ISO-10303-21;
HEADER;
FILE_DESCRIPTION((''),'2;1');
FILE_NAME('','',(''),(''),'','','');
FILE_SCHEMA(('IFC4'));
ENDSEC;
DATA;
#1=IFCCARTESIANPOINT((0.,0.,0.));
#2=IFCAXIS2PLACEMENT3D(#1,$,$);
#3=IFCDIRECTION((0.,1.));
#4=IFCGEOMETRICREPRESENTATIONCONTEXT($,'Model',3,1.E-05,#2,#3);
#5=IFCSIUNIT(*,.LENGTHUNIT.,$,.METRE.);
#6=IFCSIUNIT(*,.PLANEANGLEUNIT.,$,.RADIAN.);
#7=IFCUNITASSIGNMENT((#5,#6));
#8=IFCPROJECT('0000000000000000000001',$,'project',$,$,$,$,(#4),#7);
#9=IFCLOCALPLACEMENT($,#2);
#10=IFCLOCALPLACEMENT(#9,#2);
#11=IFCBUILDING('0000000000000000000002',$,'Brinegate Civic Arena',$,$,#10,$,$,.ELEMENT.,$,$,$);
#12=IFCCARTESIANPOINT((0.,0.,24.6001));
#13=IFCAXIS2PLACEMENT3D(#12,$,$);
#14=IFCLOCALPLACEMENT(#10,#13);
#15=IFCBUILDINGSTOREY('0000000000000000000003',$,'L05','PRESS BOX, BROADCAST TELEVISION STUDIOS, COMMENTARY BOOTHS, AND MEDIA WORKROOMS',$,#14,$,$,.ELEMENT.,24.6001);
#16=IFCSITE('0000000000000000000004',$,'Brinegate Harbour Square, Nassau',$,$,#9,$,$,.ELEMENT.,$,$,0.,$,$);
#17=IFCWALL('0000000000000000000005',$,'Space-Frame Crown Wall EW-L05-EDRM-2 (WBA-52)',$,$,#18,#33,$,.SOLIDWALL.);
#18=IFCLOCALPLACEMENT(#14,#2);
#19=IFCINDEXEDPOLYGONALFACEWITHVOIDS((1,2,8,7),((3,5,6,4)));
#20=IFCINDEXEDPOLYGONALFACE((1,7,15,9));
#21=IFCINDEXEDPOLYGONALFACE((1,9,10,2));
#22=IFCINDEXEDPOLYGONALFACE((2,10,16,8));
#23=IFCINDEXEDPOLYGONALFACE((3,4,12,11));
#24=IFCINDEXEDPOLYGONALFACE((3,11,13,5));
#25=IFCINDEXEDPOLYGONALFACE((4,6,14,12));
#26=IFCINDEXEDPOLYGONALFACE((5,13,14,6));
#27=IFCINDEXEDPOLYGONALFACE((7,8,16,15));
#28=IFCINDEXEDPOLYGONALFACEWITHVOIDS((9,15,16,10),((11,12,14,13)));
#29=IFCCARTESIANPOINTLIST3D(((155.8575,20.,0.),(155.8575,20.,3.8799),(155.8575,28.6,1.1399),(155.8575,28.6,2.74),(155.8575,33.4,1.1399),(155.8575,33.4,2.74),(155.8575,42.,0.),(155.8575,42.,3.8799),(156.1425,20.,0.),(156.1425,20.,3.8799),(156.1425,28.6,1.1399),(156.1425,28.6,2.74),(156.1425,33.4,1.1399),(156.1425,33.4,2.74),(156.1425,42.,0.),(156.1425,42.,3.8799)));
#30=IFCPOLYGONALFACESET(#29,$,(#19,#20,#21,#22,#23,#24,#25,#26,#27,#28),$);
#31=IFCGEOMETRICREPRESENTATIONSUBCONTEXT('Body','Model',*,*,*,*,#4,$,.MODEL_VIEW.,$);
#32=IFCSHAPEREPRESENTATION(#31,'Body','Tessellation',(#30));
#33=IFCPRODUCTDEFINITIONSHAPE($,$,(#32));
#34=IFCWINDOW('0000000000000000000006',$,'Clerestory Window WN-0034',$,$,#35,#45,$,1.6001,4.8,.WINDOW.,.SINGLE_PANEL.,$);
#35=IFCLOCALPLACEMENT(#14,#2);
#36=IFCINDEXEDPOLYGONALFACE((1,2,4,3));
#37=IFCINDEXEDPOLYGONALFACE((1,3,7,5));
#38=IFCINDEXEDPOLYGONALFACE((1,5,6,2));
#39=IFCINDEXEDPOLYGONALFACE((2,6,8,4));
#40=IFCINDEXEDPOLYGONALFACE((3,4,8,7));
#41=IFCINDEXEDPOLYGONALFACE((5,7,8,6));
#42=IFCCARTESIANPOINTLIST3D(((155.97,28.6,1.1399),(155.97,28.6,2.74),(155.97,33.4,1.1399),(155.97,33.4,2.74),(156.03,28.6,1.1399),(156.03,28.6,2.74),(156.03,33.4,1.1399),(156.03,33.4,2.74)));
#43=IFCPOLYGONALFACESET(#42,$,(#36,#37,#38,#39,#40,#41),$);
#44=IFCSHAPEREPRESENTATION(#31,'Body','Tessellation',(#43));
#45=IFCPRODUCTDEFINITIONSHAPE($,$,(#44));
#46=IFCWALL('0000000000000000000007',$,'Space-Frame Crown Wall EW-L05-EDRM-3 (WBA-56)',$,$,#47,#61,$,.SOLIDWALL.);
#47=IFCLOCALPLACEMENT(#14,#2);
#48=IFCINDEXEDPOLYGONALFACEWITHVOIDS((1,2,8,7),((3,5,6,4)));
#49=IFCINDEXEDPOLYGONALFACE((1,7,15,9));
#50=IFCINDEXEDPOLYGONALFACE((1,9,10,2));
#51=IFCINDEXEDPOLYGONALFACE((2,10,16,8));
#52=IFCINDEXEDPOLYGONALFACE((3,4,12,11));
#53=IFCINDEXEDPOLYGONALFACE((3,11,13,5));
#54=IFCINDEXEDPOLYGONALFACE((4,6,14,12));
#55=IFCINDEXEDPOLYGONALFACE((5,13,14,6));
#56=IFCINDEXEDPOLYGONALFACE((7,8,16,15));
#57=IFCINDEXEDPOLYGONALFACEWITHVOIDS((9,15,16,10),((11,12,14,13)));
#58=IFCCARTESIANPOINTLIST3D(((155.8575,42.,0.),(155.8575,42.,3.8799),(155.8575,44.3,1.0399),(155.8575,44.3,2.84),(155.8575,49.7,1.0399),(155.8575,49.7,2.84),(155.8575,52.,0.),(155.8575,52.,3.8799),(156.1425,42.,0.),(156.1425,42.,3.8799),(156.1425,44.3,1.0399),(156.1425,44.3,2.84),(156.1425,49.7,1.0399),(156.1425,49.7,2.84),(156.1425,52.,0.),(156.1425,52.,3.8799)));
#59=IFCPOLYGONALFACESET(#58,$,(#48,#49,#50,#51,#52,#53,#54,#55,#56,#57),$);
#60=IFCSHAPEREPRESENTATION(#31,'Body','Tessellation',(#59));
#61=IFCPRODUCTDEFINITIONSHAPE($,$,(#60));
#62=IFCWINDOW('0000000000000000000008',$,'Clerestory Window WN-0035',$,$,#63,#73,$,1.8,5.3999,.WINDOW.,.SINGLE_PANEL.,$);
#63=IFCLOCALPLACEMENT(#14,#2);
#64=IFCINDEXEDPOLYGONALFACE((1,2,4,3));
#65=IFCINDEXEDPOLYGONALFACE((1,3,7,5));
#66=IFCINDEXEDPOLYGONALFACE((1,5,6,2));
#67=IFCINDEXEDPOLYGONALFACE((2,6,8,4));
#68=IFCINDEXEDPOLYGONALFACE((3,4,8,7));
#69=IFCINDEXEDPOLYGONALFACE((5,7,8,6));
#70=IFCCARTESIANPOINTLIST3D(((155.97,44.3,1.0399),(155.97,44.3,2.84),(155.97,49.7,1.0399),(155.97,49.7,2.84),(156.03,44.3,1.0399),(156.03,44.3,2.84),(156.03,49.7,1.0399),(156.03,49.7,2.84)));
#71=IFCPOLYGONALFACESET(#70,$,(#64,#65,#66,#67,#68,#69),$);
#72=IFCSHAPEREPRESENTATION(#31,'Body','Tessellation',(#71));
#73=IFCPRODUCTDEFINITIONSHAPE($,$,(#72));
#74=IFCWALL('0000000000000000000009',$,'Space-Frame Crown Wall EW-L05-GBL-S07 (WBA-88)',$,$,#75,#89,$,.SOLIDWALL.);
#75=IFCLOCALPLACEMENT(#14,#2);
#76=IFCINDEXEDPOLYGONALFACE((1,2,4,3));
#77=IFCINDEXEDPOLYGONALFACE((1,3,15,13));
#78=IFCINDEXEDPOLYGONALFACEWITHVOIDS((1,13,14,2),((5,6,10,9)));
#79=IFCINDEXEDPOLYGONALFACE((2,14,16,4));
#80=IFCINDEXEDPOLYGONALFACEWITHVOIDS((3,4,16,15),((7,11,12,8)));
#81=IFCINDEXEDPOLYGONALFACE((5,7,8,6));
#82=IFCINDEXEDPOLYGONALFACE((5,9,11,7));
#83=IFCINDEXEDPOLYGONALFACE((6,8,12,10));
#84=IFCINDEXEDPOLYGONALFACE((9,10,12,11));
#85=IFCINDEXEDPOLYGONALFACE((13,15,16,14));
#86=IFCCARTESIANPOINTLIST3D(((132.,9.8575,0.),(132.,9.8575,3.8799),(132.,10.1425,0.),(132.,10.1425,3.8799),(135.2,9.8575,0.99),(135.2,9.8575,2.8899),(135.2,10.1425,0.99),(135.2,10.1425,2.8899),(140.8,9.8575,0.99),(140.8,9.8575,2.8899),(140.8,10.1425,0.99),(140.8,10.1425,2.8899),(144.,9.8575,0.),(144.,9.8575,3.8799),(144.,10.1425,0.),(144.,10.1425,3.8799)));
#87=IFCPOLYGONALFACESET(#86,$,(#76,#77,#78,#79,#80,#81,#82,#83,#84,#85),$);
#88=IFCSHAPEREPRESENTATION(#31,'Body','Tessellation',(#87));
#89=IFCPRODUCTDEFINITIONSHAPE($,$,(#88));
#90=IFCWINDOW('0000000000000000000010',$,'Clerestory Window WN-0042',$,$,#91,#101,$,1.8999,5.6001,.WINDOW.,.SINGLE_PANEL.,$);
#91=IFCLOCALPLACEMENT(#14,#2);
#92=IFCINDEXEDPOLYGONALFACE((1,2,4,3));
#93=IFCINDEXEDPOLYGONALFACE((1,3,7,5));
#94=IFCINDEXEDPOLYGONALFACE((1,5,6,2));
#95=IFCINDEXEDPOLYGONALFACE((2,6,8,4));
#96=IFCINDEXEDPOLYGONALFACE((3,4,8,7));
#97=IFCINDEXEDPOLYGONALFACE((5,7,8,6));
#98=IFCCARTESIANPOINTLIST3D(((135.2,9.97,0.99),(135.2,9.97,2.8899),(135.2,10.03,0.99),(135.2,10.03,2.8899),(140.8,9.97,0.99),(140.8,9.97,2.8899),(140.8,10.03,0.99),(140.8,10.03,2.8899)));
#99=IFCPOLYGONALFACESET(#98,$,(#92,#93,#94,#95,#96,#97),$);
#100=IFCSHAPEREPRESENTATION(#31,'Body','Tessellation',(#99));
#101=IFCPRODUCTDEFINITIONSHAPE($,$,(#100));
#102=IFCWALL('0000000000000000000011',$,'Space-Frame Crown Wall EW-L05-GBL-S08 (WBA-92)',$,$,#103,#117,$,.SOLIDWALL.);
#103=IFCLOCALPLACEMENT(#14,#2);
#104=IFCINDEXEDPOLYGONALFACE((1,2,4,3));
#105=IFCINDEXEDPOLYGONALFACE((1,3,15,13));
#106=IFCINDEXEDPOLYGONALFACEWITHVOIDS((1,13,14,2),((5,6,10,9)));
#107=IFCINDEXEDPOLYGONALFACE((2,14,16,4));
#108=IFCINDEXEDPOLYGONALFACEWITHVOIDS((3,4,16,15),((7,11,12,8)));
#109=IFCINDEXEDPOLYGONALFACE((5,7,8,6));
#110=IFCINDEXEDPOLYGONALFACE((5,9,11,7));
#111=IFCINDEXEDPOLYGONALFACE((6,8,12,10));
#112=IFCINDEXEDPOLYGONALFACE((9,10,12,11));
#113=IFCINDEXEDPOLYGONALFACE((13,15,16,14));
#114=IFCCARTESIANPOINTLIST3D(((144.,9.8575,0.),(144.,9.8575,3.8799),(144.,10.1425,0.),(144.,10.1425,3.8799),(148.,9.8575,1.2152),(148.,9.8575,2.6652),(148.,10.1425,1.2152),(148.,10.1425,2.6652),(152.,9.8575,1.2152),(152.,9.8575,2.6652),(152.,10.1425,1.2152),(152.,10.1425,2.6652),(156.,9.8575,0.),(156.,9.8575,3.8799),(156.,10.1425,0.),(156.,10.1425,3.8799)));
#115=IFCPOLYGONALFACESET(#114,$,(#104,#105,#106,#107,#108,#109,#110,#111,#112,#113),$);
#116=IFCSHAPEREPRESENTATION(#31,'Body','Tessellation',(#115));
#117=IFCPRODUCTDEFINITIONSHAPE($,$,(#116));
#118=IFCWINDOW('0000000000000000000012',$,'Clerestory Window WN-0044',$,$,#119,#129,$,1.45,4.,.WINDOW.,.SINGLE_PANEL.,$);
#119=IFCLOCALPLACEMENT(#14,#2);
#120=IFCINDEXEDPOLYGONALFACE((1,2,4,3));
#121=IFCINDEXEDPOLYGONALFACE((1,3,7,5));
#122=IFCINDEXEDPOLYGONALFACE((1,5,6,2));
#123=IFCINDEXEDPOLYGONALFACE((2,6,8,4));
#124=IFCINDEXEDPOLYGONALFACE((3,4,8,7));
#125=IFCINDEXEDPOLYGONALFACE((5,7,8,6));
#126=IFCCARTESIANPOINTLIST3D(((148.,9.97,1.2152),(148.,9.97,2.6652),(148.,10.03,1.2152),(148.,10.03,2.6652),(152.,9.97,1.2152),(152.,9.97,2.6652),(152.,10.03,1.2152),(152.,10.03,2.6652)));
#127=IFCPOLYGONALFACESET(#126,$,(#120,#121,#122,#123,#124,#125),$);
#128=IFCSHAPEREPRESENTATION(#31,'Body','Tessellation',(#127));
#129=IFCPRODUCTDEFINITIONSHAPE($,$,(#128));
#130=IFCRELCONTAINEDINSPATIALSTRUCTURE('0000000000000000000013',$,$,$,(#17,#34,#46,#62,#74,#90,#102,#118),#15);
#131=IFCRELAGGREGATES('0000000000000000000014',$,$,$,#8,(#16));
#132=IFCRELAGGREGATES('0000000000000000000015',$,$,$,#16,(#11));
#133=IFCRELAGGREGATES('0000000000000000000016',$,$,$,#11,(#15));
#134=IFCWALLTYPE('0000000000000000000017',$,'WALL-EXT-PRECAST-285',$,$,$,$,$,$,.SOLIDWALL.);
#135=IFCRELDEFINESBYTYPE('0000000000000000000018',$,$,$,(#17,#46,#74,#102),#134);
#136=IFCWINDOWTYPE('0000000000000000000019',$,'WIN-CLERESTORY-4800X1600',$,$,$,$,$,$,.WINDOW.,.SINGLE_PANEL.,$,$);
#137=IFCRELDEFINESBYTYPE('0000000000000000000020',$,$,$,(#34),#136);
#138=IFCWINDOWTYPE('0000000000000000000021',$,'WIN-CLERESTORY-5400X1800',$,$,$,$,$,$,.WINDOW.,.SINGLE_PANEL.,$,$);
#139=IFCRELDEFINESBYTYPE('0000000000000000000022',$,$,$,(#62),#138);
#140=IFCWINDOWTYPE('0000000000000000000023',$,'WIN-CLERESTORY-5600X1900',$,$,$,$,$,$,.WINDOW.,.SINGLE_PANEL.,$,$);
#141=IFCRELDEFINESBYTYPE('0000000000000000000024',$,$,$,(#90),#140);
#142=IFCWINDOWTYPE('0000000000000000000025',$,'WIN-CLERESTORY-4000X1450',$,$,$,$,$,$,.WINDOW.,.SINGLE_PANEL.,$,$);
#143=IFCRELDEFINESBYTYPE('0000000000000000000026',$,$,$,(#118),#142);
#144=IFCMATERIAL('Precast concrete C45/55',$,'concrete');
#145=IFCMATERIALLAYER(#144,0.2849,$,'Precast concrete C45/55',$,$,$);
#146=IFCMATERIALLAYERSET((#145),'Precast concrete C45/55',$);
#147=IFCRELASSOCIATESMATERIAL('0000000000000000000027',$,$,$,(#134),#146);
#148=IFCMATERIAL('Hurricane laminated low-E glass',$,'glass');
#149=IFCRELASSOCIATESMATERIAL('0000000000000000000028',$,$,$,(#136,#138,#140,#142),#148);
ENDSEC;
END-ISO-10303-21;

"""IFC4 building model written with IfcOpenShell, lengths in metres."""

from ifc_helpers import new_model, si_unit, direction, frame, frame_2d, origin, place, context, subcontext, project, spatial, rectangle, extrude, material, layer, layer_set, type_object, element, fill, save


model = new_model("IFC4")

# Units and contexts
model_context = context("Model", 3, precision=1e-05, world=origin(), true_north=direction((0.0, 1.0)))
body_context = subcontext(model_context, "Body", "Model", "MODEL_VIEW")
ifc_project = project(units=[si_unit("LENGTHUNIT", "METRE"), si_unit("PLANEANGLEUNIT", "RADIAN")], contexts=[model_context])

# Site, building, storey
site_placement = place(None, origin())
site = spatial("IfcSite", under=ifc_project, at=site_placement, Name="Brinegate Harbour Square, Nassau", CompositionType="ELEMENT", RefElevation=0.0)
building_placement = place(site_placement, origin())
building = spatial("IfcBuilding", under=site, at=building_placement, Name="Brinegate Civic Arena", CompositionType="ELEMENT")
storey_placement = place(building_placement, frame((0.0, 0.0, 24.6001)))
storey = spatial("IfcBuildingStorey", under=building, at=storey_placement, Name="L05", Description="PRESS BOX, BROADCAST TELEVISION STUDIOS, COMMENTARY BOOTHS, AND MEDIA WORKROOMS", CompositionType="ELEMENT", Elevation=24.6001)

# Walls, openings, windows
ifc_material_1 = material(Name="Precast concrete C45/55", Category="concrete")
ifc_layer = layer(ifc_material_1, 0.2849, Name="Precast concrete C45/55")
ifc_layer_set = layer_set([ifc_layer], Name="Precast concrete C45/55")
wall_type = type_object("IfcWallType", Name="WALL-EXT-PRECAST-285", PredefinedType="SOLIDWALL", material=ifc_layer_set)
ifc_material_2 = material(Name="Hurricane laminated low-E glass", Category="glass")
wall_1_placement = place(storey_placement, frame((156.0, 20.0, 0.0), z_axis=(0.0, 0.0, 1.0), x_axis=(0.0, 1.0, 0.0)))
wall_1 = element("IfcWall", 1, at=wall_1_placement, inside=storey, type_object=wall_type, Name="Space-Frame Crown Wall EW-L05-EDRM-2 (WBA-52)", PredefinedType="SOLIDWALL", context=body_context, shape_type="SweptSolid", body=[
    extrude(rectangle(XDim=22.0, YDim=0.2849, at=frame_2d((11.0, 0.0))), origin(), (0.0, 0.0, 1.0), 3.8799),
])
opening_1_placement = place(wall_1_placement, frame((8.6001, 0.0, 1.1399)))
opening_1 = element("IfcOpeningElement", 2, at=opening_1_placement, cuts=wall_1, PredefinedType="OPENING", context=body_context, shape_type="SweptSolid", body=[
    extrude(rectangle(XDim=4.8, YDim=1.6001, at=frame_2d((2.3999, 0.8))), frame((0.0, 0.1523, 0.0), z_axis=(0.0, -1.0, 0.0), x_axis=(1.0, 0.0, 0.0)), (0.0, 0.0, 1.0), 0.3049),
])
window_type_1 = type_object("IfcWindowType", Name="WIN-CLERESTORY-4800X1600", PartitioningType="SINGLE_PANEL", PredefinedType="WINDOW", material=ifc_material_2)
window_1_placement = place(opening_1_placement, origin())
window_1 = element("IfcWindow", 3, at=window_1_placement, inside=storey, type_object=window_type_1, Name="Clerestory Window WN-0034", OverallHeight=1.6001, OverallWidth=4.8, PartitioningType="SINGLE_PANEL", PredefinedType="WINDOW", context=body_context, shape_type="SweptSolid", body=[
    extrude(rectangle(XDim=4.8, YDim=1.6001, at=frame_2d((2.3999, 0.8))), frame((0.0, 0.03, 0.0), z_axis=(0.0, -1.0, 0.0), x_axis=(1.0, 0.0, 0.0)), (0.0, 0.0, 1.0), 0.0601),
])
fill(opening_1, window_1)
wall_2_placement = place(storey_placement, frame((156.0, 42.0, 0.0), z_axis=(0.0, 0.0, 1.0), x_axis=(0.0, 1.0, 0.0)))
wall_2 = element("IfcWall", 4, at=wall_2_placement, inside=storey, type_object=wall_type, Name="Space-Frame Crown Wall EW-L05-EDRM-3 (WBA-56)", PredefinedType="SOLIDWALL", context=body_context, shape_type="SweptSolid", body=[
    extrude(rectangle(XDim=10.0, YDim=0.2849, at=frame_2d((5.0, 0.0))), origin(), (0.0, 0.0, 1.0), 3.8799),
])
opening_2_placement = place(wall_2_placement, frame((2.3, 0.0, 1.04)))
opening_2 = element("IfcOpeningElement", 5, at=opening_2_placement, cuts=wall_2, PredefinedType="OPENING", context=body_context, shape_type="SweptSolid", body=[
    extrude(rectangle(XDim=5.3999, YDim=1.8, at=frame_2d((2.7, 0.8999))), frame((0.0, 0.1523, 0.0), z_axis=(0.0, -1.0, 0.0), x_axis=(1.0, 0.0, 0.0)), (0.0, 0.0, 1.0), 0.3049),
])
window_type_2 = type_object("IfcWindowType", Name="WIN-CLERESTORY-5400X1800", PartitioningType="SINGLE_PANEL", PredefinedType="WINDOW", material=ifc_material_2)
window_2_placement = place(opening_2_placement, origin())
window_2 = element("IfcWindow", 6, at=window_2_placement, inside=storey, type_object=window_type_2, Name="Clerestory Window WN-0035", OverallHeight=1.8, OverallWidth=5.3999, PartitioningType="SINGLE_PANEL", PredefinedType="WINDOW", context=body_context, shape_type="SweptSolid", body=[
    extrude(rectangle(XDim=5.3999, YDim=1.8, at=frame_2d((2.7, 0.8999))), frame((0.0, 0.03, 0.0), z_axis=(0.0, -1.0, 0.0), x_axis=(1.0, 0.0, 0.0)), (0.0, 0.0, 1.0), 0.0601),
])
fill(opening_2, window_2)
wall_3_placement = place(storey_placement, frame((132.0, 10.0, 0.0), z_axis=(0.0, 0.0, 1.0), x_axis=(1.0, 0.0, 0.0)))
wall_3 = element("IfcWall", 7, at=wall_3_placement, inside=storey, type_object=wall_type, Name="Space-Frame Crown Wall EW-L05-GBL-S07 (WBA-88)", PredefinedType="SOLIDWALL", context=body_context, shape_type="SweptSolid", body=[
    extrude(rectangle(XDim=12.0, YDim=0.2849, at=frame_2d((6.0, 0.0))), origin(), (0.0, 0.0, 1.0), 3.8799),
])
opening_3_placement = place(wall_3_placement, frame((3.2, 0.0, 0.99)))
opening_3 = element("IfcOpeningElement", 8, at=opening_3_placement, cuts=wall_3, PredefinedType="OPENING", context=body_context, shape_type="SweptSolid", body=[
    extrude(rectangle(XDim=5.6001, YDim=1.8999, at=frame_2d((2.8, 0.95))), frame((0.0, 0.1523, 0.0), z_axis=(0.0, -1.0, 0.0), x_axis=(1.0, 0.0, 0.0)), (0.0, 0.0, 1.0), 0.3049),
])
window_type_3 = type_object("IfcWindowType", Name="WIN-CLERESTORY-5600X1900", PartitioningType="SINGLE_PANEL", PredefinedType="WINDOW", material=ifc_material_2)
window_3_placement = place(opening_3_placement, origin())
window_3 = element("IfcWindow", 9, at=window_3_placement, inside=storey, type_object=window_type_3, Name="Clerestory Window WN-0042", OverallHeight=1.8999, OverallWidth=5.6001, PartitioningType="SINGLE_PANEL", PredefinedType="WINDOW", context=body_context, shape_type="SweptSolid", body=[
    extrude(rectangle(XDim=5.6001, YDim=1.8999, at=frame_2d((2.8, 0.95))), frame((0.0, 0.03, 0.0), z_axis=(0.0, -1.0, 0.0), x_axis=(1.0, 0.0, 0.0)), (0.0, 0.0, 1.0), 0.0601),
])
fill(opening_3, window_3)
wall_4_placement = place(storey_placement, frame((144.0, 10.0, 0.0), z_axis=(0.0, 0.0, 1.0), x_axis=(1.0, 0.0, 0.0)))
wall_4 = element("IfcWall", 10, at=wall_4_placement, inside=storey, type_object=wall_type, Name="Space-Frame Crown Wall EW-L05-GBL-S08 (WBA-92)", PredefinedType="SOLIDWALL", context=body_context, shape_type="SweptSolid", body=[
    extrude(rectangle(XDim=12.0, YDim=0.2849, at=frame_2d((6.0, 0.0))), origin(), (0.0, 0.0, 1.0), 3.8799),
])
opening_4_placement = place(wall_4_placement, frame((4.0, 0.0, 1.2151)))
opening_4 = element("IfcOpeningElement", 11, at=opening_4_placement, cuts=wall_4, PredefinedType="OPENING", context=body_context, shape_type="SweptSolid", body=[
    extrude(rectangle(XDim=4.0, YDim=1.45, at=frame_2d((2.0, 0.7251))), frame((0.0, 0.1523, 0.0), z_axis=(0.0, -1.0, 0.0), x_axis=(1.0, 0.0, 0.0)), (0.0, 0.0, 1.0), 0.3049),
])
window_type_4 = type_object("IfcWindowType", Name="WIN-CLERESTORY-4000X1450", PartitioningType="SINGLE_PANEL", PredefinedType="WINDOW", material=ifc_material_2)
window_4_placement = place(opening_4_placement, origin())
window_4 = element("IfcWindow", 12, at=window_4_placement, inside=storey, type_object=window_type_4, Name="Clerestory Window WN-0044", OverallHeight=1.45, OverallWidth=4.0, PartitioningType="SINGLE_PANEL", PredefinedType="WINDOW", context=body_context, shape_type="SweptSolid", body=[
    extrude(rectangle(XDim=4.0, YDim=1.45, at=frame_2d((2.0, 0.7251))), frame((0.0, 0.03, 0.0), z_axis=(0.0, -1.0, 0.0), x_axis=(1.0, 0.0, 0.0)), (0.0, 0.0, 1.0), 0.0601),
])
fill(opening_4, window_4)

save(model, "model.ifc")
